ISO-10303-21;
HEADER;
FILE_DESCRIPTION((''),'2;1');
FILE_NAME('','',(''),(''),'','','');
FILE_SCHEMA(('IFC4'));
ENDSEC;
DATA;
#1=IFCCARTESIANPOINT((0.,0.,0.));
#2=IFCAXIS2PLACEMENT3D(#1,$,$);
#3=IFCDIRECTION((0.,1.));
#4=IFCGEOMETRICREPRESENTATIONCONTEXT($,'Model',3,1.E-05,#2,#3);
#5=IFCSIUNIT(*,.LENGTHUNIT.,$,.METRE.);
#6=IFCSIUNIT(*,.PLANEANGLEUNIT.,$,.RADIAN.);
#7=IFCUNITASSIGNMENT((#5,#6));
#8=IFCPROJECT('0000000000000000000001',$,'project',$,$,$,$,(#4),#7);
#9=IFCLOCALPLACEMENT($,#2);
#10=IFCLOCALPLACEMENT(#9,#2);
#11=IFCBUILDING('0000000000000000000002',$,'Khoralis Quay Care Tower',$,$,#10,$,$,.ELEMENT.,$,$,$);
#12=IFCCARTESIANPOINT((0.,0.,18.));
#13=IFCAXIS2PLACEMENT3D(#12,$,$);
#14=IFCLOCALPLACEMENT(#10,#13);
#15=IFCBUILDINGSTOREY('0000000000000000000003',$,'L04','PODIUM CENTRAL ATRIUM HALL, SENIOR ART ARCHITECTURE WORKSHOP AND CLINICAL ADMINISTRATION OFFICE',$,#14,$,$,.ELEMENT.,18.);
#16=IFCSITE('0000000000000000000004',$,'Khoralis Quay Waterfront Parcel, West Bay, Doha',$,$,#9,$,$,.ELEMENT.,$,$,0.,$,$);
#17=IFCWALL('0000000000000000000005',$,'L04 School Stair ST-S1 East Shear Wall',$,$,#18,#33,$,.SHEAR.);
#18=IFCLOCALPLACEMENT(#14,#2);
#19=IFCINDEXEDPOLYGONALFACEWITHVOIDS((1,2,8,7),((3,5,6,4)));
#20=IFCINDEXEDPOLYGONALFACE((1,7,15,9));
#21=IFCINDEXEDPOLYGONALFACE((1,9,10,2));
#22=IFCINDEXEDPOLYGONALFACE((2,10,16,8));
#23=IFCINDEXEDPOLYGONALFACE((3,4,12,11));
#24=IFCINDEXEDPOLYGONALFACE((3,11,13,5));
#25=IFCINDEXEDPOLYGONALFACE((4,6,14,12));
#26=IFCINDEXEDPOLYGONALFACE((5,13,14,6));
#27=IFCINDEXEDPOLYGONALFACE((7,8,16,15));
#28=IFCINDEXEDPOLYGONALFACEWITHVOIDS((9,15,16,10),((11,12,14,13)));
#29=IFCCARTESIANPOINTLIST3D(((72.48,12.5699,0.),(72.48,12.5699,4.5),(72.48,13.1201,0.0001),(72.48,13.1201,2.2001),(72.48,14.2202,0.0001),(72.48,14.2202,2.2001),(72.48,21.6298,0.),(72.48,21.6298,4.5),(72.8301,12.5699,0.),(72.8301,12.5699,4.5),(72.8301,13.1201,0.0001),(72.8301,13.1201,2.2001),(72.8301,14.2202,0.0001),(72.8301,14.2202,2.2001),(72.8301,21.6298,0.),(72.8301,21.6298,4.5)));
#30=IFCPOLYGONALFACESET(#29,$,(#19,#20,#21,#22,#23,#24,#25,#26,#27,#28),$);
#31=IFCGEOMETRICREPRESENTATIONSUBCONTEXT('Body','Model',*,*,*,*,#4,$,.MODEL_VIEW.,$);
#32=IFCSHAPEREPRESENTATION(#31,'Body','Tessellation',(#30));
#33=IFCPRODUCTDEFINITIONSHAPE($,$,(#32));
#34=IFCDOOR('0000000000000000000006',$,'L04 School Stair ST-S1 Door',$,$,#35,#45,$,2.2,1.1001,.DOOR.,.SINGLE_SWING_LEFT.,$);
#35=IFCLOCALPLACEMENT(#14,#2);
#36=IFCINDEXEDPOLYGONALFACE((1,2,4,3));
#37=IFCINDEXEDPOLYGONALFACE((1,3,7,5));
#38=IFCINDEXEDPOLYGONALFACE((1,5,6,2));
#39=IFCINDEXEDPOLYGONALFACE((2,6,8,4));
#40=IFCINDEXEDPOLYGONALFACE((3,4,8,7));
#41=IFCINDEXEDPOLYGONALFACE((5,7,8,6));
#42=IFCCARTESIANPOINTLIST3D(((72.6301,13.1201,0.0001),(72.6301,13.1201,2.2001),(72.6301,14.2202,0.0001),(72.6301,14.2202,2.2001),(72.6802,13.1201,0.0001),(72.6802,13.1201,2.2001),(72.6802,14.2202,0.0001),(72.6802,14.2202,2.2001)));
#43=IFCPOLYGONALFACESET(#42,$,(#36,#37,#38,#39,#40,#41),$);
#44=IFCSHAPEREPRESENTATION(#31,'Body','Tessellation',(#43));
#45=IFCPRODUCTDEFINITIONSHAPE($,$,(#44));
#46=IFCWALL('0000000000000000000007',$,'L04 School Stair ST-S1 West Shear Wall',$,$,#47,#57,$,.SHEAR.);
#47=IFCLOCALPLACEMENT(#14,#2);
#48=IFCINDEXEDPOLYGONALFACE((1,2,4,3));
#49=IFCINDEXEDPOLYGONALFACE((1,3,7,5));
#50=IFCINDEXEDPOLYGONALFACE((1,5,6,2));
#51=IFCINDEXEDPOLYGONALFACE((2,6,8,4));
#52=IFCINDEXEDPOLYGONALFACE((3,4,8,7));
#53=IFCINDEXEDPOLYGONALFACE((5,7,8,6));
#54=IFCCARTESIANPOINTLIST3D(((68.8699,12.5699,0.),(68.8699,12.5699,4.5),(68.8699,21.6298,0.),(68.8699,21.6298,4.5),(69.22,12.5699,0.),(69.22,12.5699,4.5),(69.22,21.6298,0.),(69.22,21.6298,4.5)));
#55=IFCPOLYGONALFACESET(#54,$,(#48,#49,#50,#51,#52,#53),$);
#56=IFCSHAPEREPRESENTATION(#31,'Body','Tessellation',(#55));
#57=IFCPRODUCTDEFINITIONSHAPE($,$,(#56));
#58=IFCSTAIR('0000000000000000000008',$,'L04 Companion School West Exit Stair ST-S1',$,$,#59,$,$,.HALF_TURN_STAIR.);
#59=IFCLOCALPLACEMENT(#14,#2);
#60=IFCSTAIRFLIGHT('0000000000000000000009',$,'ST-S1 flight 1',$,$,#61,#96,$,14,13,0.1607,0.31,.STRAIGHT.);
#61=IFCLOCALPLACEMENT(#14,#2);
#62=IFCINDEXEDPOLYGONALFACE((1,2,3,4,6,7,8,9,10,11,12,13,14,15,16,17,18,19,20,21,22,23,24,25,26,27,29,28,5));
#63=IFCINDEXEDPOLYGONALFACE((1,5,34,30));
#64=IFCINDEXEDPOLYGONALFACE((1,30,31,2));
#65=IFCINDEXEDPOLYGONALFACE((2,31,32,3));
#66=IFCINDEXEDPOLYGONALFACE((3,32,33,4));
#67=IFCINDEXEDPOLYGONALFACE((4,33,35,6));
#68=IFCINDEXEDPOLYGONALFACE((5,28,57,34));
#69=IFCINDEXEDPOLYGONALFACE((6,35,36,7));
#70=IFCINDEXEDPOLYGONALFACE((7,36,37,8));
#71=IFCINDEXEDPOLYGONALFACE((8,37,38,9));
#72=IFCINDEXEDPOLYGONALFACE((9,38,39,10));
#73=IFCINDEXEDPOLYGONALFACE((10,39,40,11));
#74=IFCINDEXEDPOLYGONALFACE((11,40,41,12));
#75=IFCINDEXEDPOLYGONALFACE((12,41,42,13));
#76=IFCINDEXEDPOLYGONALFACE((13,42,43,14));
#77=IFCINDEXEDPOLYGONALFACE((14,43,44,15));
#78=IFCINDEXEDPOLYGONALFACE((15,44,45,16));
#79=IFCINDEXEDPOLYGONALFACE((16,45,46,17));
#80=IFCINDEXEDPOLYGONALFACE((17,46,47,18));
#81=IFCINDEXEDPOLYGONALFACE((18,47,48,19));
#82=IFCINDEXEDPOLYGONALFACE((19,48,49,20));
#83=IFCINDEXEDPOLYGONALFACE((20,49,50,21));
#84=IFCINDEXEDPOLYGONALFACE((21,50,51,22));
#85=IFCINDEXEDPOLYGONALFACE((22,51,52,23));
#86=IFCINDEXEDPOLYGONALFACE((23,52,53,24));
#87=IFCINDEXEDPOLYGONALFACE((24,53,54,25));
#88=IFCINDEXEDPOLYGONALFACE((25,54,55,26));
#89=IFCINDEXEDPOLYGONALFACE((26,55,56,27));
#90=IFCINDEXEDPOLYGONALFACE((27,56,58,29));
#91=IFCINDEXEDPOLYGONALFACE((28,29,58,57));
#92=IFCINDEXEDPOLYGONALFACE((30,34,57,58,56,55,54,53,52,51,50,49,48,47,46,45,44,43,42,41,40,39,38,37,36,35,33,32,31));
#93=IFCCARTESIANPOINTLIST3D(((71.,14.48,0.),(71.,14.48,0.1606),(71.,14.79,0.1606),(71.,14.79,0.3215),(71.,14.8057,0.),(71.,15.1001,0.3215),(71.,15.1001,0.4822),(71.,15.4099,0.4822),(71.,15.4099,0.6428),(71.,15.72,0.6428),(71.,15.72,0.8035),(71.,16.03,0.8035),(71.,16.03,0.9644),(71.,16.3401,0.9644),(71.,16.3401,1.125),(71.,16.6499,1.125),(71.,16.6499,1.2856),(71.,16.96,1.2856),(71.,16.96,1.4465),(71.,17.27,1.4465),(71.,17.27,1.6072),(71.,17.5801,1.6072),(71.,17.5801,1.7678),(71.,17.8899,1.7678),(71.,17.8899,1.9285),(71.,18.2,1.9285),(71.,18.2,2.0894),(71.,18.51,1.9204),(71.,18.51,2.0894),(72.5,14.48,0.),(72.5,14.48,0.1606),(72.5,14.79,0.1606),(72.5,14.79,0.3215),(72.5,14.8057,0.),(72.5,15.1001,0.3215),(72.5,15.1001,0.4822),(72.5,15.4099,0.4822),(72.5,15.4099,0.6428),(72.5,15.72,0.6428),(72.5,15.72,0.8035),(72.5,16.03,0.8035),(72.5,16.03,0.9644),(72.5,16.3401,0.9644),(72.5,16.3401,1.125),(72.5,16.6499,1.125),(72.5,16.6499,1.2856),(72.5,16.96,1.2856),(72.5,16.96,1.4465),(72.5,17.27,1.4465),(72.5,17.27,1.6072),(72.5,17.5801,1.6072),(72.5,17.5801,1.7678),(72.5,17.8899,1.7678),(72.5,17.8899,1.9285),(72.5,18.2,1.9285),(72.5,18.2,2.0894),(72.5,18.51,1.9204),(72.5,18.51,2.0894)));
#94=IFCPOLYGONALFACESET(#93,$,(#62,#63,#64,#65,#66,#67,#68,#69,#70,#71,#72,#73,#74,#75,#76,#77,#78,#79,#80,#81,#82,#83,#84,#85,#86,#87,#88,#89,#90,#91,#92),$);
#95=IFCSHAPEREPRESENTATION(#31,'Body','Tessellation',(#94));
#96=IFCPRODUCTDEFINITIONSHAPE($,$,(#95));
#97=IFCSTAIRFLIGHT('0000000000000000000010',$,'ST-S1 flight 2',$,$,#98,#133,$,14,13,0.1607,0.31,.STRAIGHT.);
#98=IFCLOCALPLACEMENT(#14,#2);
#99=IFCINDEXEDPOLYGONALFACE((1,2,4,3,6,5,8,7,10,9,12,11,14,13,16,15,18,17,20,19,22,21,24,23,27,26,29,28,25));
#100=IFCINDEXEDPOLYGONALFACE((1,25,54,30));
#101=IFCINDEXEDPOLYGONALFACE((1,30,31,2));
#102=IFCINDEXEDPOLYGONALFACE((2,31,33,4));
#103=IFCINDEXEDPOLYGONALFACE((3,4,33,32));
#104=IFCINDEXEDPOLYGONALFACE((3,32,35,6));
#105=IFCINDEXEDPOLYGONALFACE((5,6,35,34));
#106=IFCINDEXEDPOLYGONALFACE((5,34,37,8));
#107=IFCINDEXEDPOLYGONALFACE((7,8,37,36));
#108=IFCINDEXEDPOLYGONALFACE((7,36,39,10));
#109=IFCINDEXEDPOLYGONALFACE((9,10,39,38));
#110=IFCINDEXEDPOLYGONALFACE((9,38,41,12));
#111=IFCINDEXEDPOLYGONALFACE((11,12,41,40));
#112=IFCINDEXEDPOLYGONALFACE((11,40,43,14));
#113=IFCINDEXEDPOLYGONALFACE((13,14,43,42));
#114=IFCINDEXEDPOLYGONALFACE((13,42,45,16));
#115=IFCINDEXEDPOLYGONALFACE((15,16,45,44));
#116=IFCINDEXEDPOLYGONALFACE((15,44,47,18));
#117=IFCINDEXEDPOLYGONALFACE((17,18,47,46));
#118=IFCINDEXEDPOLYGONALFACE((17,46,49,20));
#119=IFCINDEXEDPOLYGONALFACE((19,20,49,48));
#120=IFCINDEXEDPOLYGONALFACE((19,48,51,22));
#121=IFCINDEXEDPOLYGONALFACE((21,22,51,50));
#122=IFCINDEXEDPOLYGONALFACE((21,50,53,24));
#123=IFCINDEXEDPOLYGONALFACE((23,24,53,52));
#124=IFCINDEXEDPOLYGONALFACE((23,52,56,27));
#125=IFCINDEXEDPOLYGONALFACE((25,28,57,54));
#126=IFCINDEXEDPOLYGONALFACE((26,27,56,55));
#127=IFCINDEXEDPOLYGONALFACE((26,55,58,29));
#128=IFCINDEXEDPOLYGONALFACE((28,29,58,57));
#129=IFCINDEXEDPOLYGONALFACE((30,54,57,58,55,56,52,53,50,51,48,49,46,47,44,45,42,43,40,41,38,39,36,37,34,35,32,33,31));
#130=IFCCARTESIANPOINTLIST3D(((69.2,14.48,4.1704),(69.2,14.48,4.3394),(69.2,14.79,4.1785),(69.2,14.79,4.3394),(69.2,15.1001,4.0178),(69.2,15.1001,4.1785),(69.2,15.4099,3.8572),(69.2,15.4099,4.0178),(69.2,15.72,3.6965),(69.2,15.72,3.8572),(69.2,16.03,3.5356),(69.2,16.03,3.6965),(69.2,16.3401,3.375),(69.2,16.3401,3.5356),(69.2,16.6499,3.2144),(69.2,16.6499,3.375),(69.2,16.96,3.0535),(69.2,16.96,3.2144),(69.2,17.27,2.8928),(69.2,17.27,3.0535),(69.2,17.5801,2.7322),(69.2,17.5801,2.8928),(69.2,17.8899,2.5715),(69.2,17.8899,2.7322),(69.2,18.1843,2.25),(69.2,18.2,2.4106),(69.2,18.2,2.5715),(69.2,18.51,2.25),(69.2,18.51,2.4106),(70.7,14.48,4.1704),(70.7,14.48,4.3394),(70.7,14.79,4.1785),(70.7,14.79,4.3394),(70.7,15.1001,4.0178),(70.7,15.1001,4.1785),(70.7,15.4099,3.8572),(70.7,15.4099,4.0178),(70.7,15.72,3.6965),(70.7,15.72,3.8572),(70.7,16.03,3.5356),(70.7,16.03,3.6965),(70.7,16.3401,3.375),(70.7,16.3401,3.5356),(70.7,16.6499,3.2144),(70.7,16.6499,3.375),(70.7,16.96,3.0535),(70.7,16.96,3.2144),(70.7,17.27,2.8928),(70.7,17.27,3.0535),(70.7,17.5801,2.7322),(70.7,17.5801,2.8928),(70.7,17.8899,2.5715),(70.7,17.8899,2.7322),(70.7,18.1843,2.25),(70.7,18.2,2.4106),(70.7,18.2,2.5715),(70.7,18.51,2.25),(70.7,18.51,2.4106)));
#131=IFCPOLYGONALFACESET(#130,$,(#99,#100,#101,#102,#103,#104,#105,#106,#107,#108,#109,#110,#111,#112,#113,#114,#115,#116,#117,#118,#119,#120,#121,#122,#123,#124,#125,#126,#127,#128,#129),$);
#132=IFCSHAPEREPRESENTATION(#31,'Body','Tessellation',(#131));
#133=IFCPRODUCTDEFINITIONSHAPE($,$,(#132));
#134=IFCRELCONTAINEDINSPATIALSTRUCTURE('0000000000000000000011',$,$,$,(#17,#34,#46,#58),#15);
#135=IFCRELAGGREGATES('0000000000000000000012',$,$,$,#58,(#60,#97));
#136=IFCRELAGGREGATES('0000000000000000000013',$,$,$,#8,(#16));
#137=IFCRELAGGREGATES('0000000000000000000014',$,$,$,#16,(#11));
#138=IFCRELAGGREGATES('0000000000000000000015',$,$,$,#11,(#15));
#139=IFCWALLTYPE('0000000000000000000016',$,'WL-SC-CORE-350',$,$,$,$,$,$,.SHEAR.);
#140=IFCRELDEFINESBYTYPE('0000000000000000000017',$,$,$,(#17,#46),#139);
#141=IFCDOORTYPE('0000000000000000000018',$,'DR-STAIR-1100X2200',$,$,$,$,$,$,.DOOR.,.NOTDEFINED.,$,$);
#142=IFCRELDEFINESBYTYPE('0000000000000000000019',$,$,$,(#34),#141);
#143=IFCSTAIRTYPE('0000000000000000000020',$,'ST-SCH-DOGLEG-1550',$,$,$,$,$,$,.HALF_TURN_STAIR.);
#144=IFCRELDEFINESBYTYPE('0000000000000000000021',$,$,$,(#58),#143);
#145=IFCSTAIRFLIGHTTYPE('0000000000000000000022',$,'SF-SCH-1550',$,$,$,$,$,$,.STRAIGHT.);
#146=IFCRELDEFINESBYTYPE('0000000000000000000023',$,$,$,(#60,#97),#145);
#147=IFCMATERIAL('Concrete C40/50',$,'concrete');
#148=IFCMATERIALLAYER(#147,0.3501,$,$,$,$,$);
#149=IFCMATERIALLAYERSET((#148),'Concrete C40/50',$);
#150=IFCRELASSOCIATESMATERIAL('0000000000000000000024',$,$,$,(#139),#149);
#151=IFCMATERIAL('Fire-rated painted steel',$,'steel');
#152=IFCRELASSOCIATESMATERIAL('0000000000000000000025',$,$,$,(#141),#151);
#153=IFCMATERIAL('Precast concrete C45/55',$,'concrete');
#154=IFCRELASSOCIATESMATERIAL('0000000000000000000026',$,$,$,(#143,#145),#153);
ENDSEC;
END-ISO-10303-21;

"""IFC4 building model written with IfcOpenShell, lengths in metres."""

from ifc_helpers import new_model, si_unit, direction, frame, frame_2d, origin, place, context, subcontext, project, spatial, polyline, rectangle, outline, extrude, source, transform, mapped, material, layer, layer_set, type_object, element, fill, aggregate, save


model = new_model("IFC4")

# Units and contexts
model_context = context("Model", 3, precision=1e-05, world=origin(), true_north=direction((0.0, 1.0)))
body_context = subcontext(model_context, "Body", "Model", "MODEL_VIEW")
ifc_project = project(units=[si_unit("LENGTHUNIT", "METRE"), si_unit("PLANEANGLEUNIT", "RADIAN")], contexts=[model_context])

# Site, building, storey
site_placement = place(None, origin())
site = spatial("IfcSite", under=ifc_project, at=site_placement, Name="Khoralis Quay Waterfront Parcel, West Bay, Doha", CompositionType="ELEMENT", RefElevation=0.0)
building_placement = place(site_placement, origin())
building = spatial("IfcBuilding", under=site, at=building_placement, Name="Khoralis Quay Care Tower", CompositionType="ELEMENT")
storey_placement = place(building_placement, frame((0.0, 0.0, 18.0)))
storey = spatial("IfcBuildingStorey", under=building, at=storey_placement, Name="L04", Description="PODIUM CENTRAL ATRIUM HALL, SENIOR ART ARCHITECTURE WORKSHOP AND CLINICAL ADMINISTRATION OFFICE", CompositionType="ELEMENT", Elevation=18.0)

# Shared definitions
ifc_material_1 = material(Name="Concrete C40/50", Category="concrete")

# Wall, opening, door
ifc_layer_1 = layer(ifc_material_1, 0.3501)
ifc_layer_set_1 = layer_set([ifc_layer_1], Name="Concrete C40/50")
wall_type_1 = type_object("IfcWallType", Name="WL-SC-CORE-350", PredefinedType="SHEAR", material=ifc_layer_set_1)
wall_1_placement = place(storey_placement, frame((72.655, 12.5701, 0.0), z_axis=(0.0, 0.0, 1.0), x_axis=(0.0, 1.0, 0.0)))
wall_1 = element("IfcWall", 1, at=wall_1_placement, inside=storey, type_object=wall_type_1, Name="L04 School Stair ST-S1 East Shear Wall", PredefinedType="SHEAR", context=body_context, shape_type="SweptSolid", body=[
    extrude(rectangle(XDim=9.0598, YDim=0.3501, at=frame_2d((4.5298, 0.0))), origin(), (0.0, 0.0, 1.0), 4.5),
])
opening_1_placement = place(wall_1_placement, frame((0.55, 0.0, 0.0)))
opening_1 = element("IfcOpeningElement", 2, at=opening_1_placement, cuts=wall_1, PredefinedType="OPENING", context=body_context, shape_type="SweptSolid", body=[
    extrude(rectangle(XDim=1.1001, YDim=2.2, at=frame_2d((0.55, 1.1001))), frame((0.0, 0.1851, 0.0), z_axis=(0.0, -1.0, 0.0), x_axis=(1.0, 0.0, 0.0)), (0.0, 0.0, 1.0), 0.3701),
])
ifc_material_2 = material(Name="Fire-rated painted steel", Category="steel")
door_type_1 = type_object("IfcDoorType", Name="DR-STAIR-1100X2200", OperationType="NOTDEFINED", PredefinedType="DOOR", material=ifc_material_2)
shared_shape_1 = source(origin(), body_context, "Body", "SweptSolid", [
    extrude(rectangle(XDim=1.1001, YDim=2.2, at=frame_2d((0.55, 1.1001))), frame((0.0, 0.0249, 0.0), z_axis=(0.0, -1.0, 0.0), x_axis=(1.0, 0.0, 0.0)), (0.0, 0.0, 1.0), 0.05),
])
door_1_placement = place(opening_1_placement, origin())
door_1 = element("IfcDoor", 3, at=door_1_placement, inside=storey, type_object=door_type_1, Name="L04 School Stair ST-S1 Door", OperationType="SINGLE_SWING_LEFT", OverallHeight=2.2, OverallWidth=1.1001, PredefinedType="DOOR", context=body_context, shape_type="MappedRepresentation", body=[
    mapped(shared_shape_1, transform((0.0, 0.0, 0.0), scale=1.0)),
])
fill(opening_1, door_1)

# Wall
wall_2_placement = place(storey_placement, frame((69.0449, 12.5701, 0.0), z_axis=(0.0, 0.0, 1.0), x_axis=(0.0, 1.0, 0.0)))
element("IfcWall", 4, at=wall_2_placement, inside=storey, type_object=wall_type_1, Name="L04 School Stair ST-S1 West Shear Wall", PredefinedType="SHEAR", context=body_context, shape_type="SweptSolid", body=[
    extrude(rectangle(XDim=9.0598, YDim=0.3501, at=frame_2d((4.5298, 0.0))), origin(), (0.0, 0.0, 1.0), 4.5),
])

# Stair, stair flights
ifc_material_3 = material(Name="Precast concrete C45/55", Category="concrete")
stair_type = type_object("IfcStairType", Name="ST-SCH-DOGLEG-1550", PredefinedType="HALF_TURN_STAIR", material=ifc_material_3)
stair_placement = place(storey_placement, origin())
stair = element("IfcStair", 5, at=stair_placement, inside=storey, type_object=stair_type, Name="L04 Companion School West Exit Stair ST-S1", PredefinedType="HALF_TURN_STAIR")
stair_flight_type = type_object("IfcStairFlightType", Name="SF-SCH-1550", PredefinedType="STRAIGHT", material=ifc_material_3)
shared_shape_2 = source(origin(), body_context, "Body", "SweptSolid", [
    extrude(outline(polyline([(0.0, 0.0), (0.0, 0.1606), (0.3101, 0.1606), (0.3101, 0.3215), (0.6201, 0.3215), (0.6201, 0.4822), (0.9299, 0.4822), (0.9299, 0.6428), (1.24, 0.6428), (1.24, 0.8035), (1.55, 0.8035), (1.55, 0.9644), (1.8601, 0.9644), (1.8601, 1.125), (2.1699, 1.125), (2.1699, 1.2856), (2.48, 1.2856), (2.48, 1.4465), (2.79, 1.4465), (2.79, 1.6072), (3.1001, 1.6072), (3.1001, 1.7678), (3.4099, 1.7678), (3.4099, 1.9285), (3.72, 1.9285), (3.72, 2.0894), (4.03, 2.0894), (4.03, 2.25), (4.03, 1.9204), (0.3257, 0.0), (0.0, 0.0)])), frame((0.0, 0.75, 0.0), z_axis=(0.0, -1.0, 0.0), x_axis=(1.0, 0.0, 0.0)), (0.0, 0.0, 1.0), 1.5),
])
stair_flight_1_placement = place(storey_placement, frame((71.75, 14.48, 0.0), z_axis=(0.0, 0.0, 1.0), x_axis=(0.0, 1.0, 0.0)))
stair_flight_1 = element("IfcStairFlight", 6, at=stair_flight_1_placement, type_object=stair_flight_type, Name="ST-S1 flight 1", NumberOfRisers=14, NumberOfTreads=13, PredefinedType="STRAIGHT", RiserHeight=0.1607, TreadLength=0.31, context=body_context, shape_type="MappedRepresentation", body=[
    mapped(shared_shape_2, transform((0.0, 0.0, 0.0), scale=1.0)),
])
stair_flight_2_placement = place(storey_placement, frame((69.95, 18.51, 2.25), z_axis=(0.0, 0.0, 1.0), x_axis=(0.0, -1.0, 0.0)))
stair_flight_2 = element("IfcStairFlight", 7, at=stair_flight_2_placement, type_object=stair_flight_type, Name="ST-S1 flight 2", NumberOfRisers=14, NumberOfTreads=13, PredefinedType="STRAIGHT", RiserHeight=0.1607, TreadLength=0.31, context=body_context, shape_type="MappedRepresentation", body=[
    mapped(shared_shape_2, transform((0.0, 0.0, 0.0), scale=1.0)),
])
aggregate(stair, [stair_flight_1, stair_flight_2])

save(model, "model.ifc")
